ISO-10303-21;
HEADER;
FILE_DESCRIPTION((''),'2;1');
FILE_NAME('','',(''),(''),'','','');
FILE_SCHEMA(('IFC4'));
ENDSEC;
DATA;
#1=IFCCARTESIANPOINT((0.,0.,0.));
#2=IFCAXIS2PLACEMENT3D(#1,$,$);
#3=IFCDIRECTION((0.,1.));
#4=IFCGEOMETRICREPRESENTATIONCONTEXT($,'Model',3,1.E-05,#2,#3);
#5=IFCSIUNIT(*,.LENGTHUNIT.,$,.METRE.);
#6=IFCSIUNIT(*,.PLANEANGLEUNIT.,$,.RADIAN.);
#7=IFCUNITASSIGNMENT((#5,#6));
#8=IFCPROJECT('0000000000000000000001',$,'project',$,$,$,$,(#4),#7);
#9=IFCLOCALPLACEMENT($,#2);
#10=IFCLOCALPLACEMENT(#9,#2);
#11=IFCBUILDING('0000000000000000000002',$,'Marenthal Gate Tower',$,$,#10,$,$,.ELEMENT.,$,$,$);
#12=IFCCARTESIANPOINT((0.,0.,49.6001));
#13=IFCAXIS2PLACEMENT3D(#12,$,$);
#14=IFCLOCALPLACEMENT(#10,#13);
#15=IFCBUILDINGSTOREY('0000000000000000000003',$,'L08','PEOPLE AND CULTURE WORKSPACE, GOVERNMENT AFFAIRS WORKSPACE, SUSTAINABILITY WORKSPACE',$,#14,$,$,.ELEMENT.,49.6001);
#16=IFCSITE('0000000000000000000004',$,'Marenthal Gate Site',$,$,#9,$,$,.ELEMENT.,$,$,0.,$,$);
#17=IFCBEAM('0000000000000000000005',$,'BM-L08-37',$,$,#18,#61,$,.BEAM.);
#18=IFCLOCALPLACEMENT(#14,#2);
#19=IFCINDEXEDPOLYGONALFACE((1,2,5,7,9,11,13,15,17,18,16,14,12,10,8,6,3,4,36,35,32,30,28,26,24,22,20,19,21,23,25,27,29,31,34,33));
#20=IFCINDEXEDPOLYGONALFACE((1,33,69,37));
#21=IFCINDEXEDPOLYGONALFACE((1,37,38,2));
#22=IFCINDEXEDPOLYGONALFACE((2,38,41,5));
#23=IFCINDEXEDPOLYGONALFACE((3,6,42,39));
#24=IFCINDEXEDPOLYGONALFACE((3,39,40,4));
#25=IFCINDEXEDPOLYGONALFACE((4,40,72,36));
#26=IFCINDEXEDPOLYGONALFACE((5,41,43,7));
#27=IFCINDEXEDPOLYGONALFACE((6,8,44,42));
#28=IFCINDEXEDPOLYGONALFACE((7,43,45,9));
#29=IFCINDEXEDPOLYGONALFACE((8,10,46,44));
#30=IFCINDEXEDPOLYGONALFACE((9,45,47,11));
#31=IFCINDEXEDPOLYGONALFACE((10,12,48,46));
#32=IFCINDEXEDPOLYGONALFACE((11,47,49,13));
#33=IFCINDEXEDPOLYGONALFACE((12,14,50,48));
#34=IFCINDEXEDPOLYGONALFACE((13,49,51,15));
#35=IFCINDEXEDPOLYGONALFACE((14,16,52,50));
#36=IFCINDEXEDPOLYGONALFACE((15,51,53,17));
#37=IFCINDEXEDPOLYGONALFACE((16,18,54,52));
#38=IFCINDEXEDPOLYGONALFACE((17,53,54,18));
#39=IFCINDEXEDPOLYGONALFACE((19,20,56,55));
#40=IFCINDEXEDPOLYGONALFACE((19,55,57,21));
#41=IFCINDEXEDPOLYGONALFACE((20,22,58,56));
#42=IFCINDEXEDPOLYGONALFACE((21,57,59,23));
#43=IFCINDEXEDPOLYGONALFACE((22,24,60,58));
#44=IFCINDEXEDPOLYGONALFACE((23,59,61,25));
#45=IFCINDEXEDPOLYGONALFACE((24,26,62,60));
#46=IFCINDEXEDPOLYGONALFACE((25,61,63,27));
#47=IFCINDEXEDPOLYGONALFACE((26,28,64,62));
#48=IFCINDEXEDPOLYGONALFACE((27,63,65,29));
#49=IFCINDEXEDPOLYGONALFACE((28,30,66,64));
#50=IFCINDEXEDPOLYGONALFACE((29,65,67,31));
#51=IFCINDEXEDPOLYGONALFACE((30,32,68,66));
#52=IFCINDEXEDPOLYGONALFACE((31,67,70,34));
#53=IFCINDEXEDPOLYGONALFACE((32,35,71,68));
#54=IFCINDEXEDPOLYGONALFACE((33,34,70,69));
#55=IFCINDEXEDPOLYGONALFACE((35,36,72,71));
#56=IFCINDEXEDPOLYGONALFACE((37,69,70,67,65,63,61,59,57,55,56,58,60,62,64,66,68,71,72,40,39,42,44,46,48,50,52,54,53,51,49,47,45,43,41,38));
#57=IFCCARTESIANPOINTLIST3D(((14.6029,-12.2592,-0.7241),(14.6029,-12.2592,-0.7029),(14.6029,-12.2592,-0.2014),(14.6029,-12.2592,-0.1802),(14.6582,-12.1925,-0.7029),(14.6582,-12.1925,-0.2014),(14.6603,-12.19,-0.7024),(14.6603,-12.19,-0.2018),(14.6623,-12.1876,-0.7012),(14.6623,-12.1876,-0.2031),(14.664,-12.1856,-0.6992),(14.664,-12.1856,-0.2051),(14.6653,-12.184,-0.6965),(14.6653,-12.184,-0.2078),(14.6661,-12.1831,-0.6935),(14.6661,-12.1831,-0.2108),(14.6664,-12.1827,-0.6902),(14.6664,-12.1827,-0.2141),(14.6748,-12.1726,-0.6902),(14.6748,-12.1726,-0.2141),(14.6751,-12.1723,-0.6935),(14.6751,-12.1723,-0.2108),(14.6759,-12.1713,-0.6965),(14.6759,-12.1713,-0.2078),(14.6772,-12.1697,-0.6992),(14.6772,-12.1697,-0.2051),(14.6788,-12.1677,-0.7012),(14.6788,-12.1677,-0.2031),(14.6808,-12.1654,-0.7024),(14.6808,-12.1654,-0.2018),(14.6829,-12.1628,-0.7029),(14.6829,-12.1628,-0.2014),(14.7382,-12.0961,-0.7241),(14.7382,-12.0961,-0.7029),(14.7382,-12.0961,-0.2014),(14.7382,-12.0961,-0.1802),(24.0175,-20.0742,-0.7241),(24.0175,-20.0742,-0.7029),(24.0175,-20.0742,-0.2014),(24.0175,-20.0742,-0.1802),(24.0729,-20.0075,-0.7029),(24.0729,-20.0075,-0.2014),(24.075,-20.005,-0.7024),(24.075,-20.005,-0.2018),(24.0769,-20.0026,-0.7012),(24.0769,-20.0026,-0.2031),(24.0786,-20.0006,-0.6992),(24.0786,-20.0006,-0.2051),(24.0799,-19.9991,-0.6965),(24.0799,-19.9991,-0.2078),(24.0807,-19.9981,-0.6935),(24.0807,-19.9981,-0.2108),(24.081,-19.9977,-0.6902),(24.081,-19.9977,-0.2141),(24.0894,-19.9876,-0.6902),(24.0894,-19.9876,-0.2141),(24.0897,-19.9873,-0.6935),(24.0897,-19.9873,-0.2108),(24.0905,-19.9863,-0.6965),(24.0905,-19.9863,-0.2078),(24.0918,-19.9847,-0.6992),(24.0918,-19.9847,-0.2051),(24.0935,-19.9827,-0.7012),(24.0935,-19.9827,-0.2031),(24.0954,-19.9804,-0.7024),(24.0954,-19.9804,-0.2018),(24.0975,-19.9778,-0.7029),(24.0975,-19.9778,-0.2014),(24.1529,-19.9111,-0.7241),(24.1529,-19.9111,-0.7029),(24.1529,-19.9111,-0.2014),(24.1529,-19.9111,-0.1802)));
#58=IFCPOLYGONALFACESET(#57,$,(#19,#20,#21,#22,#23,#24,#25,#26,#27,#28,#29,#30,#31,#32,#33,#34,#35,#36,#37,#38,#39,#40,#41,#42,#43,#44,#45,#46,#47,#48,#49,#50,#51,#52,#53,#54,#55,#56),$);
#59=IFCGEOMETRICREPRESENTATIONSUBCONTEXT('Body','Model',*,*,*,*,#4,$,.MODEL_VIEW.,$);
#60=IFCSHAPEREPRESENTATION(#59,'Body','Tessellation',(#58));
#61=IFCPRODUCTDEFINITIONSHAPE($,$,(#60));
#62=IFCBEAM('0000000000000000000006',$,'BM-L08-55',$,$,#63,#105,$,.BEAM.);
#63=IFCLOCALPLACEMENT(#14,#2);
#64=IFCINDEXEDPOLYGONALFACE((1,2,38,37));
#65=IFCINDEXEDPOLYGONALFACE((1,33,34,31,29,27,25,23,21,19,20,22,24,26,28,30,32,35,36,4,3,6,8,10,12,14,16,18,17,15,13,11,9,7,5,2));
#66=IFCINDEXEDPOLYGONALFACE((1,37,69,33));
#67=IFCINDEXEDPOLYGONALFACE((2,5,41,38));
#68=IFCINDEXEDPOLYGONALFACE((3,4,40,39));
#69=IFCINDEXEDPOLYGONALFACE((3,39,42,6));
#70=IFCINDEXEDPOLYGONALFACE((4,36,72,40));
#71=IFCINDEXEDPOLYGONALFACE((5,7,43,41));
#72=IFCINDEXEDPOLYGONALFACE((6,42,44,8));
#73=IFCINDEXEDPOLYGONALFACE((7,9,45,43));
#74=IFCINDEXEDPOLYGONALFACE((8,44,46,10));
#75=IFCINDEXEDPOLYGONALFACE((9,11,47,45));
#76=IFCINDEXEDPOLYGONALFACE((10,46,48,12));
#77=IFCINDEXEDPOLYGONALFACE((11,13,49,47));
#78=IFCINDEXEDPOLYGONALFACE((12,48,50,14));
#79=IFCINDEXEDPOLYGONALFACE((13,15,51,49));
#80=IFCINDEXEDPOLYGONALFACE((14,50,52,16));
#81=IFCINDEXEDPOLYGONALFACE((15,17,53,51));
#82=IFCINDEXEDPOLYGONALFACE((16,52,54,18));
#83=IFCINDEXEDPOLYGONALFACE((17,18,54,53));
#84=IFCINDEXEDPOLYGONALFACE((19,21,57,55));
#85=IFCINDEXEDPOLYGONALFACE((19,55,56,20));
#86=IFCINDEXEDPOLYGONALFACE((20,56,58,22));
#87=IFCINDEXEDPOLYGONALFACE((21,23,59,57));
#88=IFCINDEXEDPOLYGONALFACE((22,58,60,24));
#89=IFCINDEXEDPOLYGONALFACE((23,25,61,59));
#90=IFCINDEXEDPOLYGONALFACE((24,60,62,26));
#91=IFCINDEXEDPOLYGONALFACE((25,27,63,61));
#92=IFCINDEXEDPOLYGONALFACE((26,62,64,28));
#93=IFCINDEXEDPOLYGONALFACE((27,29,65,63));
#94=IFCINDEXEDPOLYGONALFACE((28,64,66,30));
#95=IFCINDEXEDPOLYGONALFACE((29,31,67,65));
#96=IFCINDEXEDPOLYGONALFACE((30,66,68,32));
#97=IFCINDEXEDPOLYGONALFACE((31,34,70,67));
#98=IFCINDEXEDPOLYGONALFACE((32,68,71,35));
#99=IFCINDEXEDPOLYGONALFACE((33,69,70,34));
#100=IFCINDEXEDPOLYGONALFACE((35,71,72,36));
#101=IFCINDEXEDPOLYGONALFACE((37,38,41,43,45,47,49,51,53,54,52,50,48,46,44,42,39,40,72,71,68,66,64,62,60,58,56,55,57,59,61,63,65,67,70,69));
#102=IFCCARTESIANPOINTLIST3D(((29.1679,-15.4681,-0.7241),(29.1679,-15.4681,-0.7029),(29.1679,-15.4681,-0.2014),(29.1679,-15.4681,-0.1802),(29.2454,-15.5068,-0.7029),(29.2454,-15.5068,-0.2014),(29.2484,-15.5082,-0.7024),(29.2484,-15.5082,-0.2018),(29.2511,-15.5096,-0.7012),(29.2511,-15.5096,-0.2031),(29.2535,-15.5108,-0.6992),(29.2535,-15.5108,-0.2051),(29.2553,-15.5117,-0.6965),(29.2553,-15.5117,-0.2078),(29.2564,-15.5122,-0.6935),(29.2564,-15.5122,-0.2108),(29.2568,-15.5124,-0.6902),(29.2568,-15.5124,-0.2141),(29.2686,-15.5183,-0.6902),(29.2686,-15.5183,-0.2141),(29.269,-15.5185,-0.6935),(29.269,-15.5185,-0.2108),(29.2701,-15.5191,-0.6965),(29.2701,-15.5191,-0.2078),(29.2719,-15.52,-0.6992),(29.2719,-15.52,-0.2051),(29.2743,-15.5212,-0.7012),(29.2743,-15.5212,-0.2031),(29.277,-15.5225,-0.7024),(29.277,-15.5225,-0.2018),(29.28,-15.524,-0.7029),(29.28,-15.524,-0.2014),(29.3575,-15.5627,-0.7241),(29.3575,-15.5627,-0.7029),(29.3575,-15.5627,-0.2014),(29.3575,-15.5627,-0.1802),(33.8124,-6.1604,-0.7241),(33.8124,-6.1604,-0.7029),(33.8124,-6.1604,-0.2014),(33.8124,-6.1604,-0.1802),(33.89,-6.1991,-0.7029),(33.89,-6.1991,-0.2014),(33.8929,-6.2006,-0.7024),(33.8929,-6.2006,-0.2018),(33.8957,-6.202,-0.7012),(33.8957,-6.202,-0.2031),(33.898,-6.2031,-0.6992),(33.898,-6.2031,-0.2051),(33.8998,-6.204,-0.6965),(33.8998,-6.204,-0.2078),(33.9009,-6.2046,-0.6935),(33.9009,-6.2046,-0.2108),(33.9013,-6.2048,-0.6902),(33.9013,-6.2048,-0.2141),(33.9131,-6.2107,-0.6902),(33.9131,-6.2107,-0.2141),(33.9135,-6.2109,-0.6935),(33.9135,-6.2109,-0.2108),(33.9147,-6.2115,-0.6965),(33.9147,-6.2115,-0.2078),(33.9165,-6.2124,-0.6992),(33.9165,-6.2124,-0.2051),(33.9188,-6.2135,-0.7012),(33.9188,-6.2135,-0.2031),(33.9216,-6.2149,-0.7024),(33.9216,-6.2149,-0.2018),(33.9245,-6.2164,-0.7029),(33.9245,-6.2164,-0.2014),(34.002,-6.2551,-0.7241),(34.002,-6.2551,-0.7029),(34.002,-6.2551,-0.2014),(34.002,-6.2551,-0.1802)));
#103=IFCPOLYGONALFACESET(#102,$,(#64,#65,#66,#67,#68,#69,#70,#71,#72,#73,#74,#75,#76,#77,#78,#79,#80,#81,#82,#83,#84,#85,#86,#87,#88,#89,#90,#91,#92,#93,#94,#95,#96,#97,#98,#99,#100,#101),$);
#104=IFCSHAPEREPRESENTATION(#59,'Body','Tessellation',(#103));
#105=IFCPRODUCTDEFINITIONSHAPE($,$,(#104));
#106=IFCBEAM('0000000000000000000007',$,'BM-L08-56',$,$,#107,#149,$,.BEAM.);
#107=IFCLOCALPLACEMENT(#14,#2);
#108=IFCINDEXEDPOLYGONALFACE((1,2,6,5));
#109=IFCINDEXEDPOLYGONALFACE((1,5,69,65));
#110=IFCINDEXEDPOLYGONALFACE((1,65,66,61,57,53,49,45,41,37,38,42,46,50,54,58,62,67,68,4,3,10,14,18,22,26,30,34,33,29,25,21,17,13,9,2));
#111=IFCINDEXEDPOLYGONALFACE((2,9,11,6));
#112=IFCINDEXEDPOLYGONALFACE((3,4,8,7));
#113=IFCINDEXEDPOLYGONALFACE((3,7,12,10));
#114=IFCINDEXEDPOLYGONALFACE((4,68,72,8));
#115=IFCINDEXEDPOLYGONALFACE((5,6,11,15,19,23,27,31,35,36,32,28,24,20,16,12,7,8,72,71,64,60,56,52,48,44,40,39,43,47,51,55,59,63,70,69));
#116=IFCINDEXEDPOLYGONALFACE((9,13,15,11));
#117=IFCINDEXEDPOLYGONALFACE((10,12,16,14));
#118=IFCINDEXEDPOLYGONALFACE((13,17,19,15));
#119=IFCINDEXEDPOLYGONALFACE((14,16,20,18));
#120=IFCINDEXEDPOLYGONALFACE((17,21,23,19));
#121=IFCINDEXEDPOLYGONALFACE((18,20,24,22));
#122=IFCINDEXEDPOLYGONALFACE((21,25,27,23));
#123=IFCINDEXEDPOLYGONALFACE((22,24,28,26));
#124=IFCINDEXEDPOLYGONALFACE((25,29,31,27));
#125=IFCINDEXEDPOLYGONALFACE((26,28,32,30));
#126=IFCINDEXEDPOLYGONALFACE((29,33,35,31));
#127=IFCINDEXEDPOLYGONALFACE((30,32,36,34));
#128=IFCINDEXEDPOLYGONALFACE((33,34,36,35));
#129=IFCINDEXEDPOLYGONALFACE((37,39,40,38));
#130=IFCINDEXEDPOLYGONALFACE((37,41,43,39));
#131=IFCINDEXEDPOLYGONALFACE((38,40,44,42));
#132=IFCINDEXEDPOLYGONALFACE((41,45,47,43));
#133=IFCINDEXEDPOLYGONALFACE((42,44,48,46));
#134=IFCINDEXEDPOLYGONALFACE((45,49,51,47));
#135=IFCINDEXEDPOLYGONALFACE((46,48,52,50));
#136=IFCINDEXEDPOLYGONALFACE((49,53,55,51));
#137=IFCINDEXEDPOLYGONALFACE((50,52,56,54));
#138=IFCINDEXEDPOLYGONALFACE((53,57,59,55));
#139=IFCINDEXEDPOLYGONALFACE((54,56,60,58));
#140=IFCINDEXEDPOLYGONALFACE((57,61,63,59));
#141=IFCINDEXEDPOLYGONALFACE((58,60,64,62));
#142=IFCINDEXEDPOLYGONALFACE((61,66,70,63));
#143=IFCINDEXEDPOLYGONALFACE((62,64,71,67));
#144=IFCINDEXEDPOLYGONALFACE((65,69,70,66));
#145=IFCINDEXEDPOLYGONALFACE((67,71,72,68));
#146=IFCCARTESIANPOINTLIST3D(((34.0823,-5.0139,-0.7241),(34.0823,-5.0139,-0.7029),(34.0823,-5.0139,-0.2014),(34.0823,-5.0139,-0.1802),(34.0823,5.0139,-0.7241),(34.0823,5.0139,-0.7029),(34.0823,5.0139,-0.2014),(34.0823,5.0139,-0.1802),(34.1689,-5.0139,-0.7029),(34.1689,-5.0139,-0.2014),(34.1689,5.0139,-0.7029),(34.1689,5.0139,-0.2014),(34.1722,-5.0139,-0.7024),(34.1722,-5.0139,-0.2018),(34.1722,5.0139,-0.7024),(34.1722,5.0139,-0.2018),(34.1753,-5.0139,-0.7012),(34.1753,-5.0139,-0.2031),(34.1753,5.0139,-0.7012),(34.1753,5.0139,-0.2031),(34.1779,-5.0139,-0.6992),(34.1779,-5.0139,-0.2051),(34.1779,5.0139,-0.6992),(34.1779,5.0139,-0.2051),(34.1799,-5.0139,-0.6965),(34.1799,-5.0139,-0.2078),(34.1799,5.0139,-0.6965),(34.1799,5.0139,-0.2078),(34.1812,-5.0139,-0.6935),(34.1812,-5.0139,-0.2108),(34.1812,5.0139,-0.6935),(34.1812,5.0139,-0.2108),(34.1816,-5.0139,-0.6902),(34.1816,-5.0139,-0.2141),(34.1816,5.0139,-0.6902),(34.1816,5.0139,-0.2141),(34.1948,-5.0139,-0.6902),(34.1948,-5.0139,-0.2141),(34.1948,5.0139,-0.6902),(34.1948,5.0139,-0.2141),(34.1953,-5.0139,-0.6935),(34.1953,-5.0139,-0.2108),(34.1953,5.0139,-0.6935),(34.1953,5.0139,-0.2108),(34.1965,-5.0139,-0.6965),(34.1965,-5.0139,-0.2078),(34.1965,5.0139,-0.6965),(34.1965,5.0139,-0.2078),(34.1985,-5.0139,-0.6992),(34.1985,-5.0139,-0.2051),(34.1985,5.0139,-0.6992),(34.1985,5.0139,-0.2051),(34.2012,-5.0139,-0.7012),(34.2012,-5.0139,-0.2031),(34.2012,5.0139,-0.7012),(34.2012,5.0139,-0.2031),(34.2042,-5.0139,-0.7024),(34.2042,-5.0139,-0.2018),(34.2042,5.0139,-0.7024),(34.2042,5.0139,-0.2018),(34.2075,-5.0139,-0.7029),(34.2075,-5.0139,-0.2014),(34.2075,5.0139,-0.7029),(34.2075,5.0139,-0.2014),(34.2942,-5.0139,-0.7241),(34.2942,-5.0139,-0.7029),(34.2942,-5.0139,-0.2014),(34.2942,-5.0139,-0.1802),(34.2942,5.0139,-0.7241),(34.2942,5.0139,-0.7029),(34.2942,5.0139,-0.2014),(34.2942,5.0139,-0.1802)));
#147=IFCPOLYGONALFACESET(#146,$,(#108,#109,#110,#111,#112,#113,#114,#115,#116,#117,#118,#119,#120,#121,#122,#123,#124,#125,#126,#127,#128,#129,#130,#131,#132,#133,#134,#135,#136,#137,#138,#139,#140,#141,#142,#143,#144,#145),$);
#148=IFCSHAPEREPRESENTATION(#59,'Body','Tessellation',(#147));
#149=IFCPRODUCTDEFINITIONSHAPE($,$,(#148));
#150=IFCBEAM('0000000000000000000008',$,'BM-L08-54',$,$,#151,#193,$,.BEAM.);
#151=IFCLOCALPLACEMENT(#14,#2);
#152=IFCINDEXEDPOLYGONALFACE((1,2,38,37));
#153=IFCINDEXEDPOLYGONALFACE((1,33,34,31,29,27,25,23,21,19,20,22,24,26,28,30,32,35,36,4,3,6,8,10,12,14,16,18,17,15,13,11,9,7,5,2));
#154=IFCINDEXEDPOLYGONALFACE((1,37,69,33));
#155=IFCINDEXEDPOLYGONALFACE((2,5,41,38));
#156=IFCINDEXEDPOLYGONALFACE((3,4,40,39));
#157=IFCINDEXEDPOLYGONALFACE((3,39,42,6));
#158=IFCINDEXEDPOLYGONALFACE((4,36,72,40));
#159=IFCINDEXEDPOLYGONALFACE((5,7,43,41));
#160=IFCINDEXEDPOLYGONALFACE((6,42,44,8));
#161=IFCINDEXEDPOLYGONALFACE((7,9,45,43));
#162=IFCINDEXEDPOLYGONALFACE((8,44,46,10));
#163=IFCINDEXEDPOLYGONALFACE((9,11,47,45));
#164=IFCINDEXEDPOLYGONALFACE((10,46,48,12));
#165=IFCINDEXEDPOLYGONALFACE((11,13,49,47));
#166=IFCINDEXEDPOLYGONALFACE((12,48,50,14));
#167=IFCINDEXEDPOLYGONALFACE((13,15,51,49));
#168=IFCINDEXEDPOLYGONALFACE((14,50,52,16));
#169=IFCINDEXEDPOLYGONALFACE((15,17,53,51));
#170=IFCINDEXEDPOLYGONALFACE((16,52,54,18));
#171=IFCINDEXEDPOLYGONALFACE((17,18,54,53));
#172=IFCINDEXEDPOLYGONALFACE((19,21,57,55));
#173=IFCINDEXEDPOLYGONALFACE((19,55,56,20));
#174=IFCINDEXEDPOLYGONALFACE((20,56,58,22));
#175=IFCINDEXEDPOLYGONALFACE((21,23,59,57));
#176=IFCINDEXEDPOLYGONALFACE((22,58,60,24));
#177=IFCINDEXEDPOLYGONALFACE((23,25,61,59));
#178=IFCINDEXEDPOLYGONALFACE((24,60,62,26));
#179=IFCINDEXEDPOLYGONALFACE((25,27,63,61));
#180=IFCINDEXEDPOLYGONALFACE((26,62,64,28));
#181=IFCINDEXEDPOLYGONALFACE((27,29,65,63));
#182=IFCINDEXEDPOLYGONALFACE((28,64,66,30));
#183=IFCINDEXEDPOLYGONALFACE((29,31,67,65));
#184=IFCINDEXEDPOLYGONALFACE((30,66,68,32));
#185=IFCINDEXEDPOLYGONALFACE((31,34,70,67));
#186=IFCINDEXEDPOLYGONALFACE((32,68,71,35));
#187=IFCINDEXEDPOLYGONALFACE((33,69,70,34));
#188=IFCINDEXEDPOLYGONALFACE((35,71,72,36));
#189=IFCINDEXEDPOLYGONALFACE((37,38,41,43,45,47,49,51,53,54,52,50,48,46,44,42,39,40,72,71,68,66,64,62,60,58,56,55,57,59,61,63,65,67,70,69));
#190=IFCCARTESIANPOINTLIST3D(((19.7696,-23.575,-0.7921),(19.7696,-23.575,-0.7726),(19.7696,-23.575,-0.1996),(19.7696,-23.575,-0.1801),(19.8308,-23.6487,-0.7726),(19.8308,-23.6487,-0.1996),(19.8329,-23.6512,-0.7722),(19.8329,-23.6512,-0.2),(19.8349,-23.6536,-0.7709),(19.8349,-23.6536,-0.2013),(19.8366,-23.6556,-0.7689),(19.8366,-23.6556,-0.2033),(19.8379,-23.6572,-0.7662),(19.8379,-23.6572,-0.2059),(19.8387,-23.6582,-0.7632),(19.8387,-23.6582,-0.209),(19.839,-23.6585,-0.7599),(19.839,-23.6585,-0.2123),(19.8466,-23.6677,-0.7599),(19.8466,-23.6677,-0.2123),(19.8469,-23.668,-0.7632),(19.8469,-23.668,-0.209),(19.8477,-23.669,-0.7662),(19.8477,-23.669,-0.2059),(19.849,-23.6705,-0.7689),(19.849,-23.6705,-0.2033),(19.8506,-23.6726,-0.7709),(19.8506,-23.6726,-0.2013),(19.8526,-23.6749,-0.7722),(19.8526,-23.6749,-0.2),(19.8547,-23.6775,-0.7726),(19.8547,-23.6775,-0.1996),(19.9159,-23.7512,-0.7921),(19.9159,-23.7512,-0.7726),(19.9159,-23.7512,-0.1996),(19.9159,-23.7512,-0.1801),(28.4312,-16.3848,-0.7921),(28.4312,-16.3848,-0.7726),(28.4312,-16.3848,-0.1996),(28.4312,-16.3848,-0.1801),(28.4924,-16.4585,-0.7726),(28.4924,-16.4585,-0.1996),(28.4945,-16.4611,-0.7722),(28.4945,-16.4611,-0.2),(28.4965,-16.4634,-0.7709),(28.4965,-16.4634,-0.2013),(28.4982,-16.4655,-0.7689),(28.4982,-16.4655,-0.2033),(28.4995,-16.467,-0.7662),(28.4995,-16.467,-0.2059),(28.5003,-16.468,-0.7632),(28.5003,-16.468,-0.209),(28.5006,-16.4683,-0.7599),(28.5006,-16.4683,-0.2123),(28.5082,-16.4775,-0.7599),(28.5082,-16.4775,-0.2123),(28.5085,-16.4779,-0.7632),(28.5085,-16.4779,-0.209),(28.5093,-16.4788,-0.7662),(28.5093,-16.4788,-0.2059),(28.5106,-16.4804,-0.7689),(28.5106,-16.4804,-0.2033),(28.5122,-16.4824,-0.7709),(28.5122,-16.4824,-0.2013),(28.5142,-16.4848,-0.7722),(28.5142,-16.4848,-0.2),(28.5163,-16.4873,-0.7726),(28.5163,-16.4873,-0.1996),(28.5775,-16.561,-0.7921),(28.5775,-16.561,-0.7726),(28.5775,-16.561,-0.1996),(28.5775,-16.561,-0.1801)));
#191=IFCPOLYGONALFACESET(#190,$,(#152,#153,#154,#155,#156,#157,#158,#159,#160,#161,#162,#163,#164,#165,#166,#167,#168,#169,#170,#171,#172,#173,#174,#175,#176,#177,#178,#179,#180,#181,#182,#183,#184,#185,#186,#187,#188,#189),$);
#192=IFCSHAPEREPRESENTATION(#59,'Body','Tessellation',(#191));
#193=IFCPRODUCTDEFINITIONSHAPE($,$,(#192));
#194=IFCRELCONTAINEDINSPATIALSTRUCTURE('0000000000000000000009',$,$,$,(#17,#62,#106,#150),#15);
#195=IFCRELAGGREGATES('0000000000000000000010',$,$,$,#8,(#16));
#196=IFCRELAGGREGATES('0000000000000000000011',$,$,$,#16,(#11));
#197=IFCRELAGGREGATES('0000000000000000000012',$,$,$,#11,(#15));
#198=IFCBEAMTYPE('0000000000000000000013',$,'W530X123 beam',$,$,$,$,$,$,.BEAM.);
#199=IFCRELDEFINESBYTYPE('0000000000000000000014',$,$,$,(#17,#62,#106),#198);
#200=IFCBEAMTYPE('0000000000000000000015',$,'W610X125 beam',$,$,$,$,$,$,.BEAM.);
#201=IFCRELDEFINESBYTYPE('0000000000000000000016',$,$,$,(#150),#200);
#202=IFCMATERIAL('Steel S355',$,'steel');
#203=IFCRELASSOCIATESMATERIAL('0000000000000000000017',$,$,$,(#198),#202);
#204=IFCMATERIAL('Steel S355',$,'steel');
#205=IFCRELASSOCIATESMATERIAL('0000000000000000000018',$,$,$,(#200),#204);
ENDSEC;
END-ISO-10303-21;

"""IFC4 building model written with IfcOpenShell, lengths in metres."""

from ifc_helpers import new_model, si_unit, direction, frame, origin, origin_2d, place, context, subcontext, project, spatial, i_section, extrude, material, material_profile, profile_set, type_object, element, save


model = new_model("IFC4")

# Units and contexts
model_context = context("Model", 3, precision=1e-05, world=origin(), true_north=direction((0.0, 1.0)))
body_context = subcontext(model_context, "Body", "Model", "MODEL_VIEW")
ifc_project = project(units=[si_unit("LENGTHUNIT", "METRE"), si_unit("PLANEANGLEUNIT", "RADIAN")], contexts=[model_context])

# Site, building, storey
site_placement = place(None, origin())
site = spatial("IfcSite", under=ifc_project, at=site_placement, Name="Marenthal Gate Site", CompositionType="ELEMENT", RefElevation=0.0)
building_placement = place(site_placement, origin())
building = spatial("IfcBuilding", under=site, at=building_placement, Name="Marenthal Gate Tower", CompositionType="ELEMENT")
storey_placement = place(building_placement, frame((0.0, 0.0, 49.6001)))
storey = spatial("IfcBuildingStorey", under=building, at=storey_placement, Name="L08", Description="PEOPLE AND CULTURE WORKSPACE, GOVERNMENT AFFAIRS WORKSPACE, SUSTAINABILITY WORKSPACE", CompositionType="ELEMENT", Elevation=49.6001)

# Beams
ifc_material_1 = material(Name="Steel S355", Category="steel")
ifc_material_profile_1 = material_profile(ifc_material_1, i_section(OverallWidth=0.2119, OverallDepth=0.5439, WebThickness=0.0132, FlangeThickness=0.0212, FilletRadius=0.0127, at=origin_2d()), Name="W530X123")
ifc_profile_set_1 = profile_set([ifc_material_profile_1], Name="Steel S355")
beam_type_1 = type_object("IfcBeamType", Name="W530X123 beam", PredefinedType="BEAM", material=ifc_profile_set_1)
beam_1_placement = place(storey_placement, frame((24.0852, -19.9927, -0.4521), z_axis=(-0.769447, 0.638711, 0.0), x_axis=(-0.638711, -0.769447, 0.0)))
element("IfcBeam", 1, at=beam_1_placement, inside=storey, type_object=beam_type_1, Name="BM-L08-37", PredefinedType="BEAM", context=body_context, shape_type="SweptSolid", body=[
    extrude(i_section(OverallWidth=0.2119, OverallDepth=0.5439, WebThickness=0.0132, FlangeThickness=0.0212, FilletRadius=0.0127, at=origin_2d()), origin(), (0.0, 0.0, 1.0), 12.2356),
])
beam_2_placement = place(storey_placement, frame((29.2627, -15.5154, -0.4521), z_axis=(0.4465, 0.894784, 0.0), x_axis=(-0.894784, 0.4465, 0.0)))
element("IfcBeam", 2, at=beam_2_placement, inside=storey, type_object=beam_type_1, Name="BM-L08-55", PredefinedType="BEAM", context=body_context, shape_type="SweptSolid", body=[
    extrude(i_section(OverallWidth=0.2119, OverallDepth=0.5439, WebThickness=0.0132, FlangeThickness=0.0212, FilletRadius=0.0127, at=origin_2d()), origin(), (0.0, 0.0, 1.0), 10.4021),
])
beam_3_placement = place(storey_placement, frame((34.1882, -5.0139, -0.4521), z_axis=(0.0, 1.0, 0.0), x_axis=(-1.0, 0.0, 0.0)))
element("IfcBeam", 3, at=beam_3_placement, inside=storey, type_object=beam_type_1, Name="BM-L08-56", PredefinedType="BEAM", context=body_context, shape_type="SweptSolid", body=[
    extrude(i_section(OverallWidth=0.2119, OverallDepth=0.5439, WebThickness=0.0132, FlangeThickness=0.0212, FilletRadius=0.0127, at=origin_2d()), origin(), (0.0, 0.0, 1.0), 10.0278),
])
ifc_material_2 = material(Name="Steel S355", Category="steel")
ifc_material_profile_2 = material_profile(ifc_material_2, i_section(OverallWidth=0.229, OverallDepth=0.6121, WebThickness=0.012, FlangeThickness=0.0195, FilletRadius=0.0127, at=origin_2d()), Name="W610X125")
ifc_profile_set_2 = profile_set([ifc_material_profile_2], Name="Steel S355")
beam_type_2 = type_object("IfcBeamType", Name="W610X125 beam", PredefinedType="BEAM", material=ifc_profile_set_2)
beam_4_placement = place(storey_placement, frame((19.8428, -23.6631, -0.4861), z_axis=(0.769436, 0.638724, 0.0), x_axis=(-0.638724, 0.769436, 0.0)))
element("IfcBeam", 4, at=beam_4_placement, inside=storey, type_object=beam_type_2, Name="BM-L08-54", PredefinedType="BEAM", context=body_context, shape_type="SweptSolid", body=[
    extrude(i_section(OverallWidth=0.229, OverallDepth=0.6121, WebThickness=0.012, FlangeThickness=0.0195, FilletRadius=0.0127, at=origin_2d()), origin(), (0.0, 0.0, 1.0), 11.2571),
])

save(model, "model.ifc")
